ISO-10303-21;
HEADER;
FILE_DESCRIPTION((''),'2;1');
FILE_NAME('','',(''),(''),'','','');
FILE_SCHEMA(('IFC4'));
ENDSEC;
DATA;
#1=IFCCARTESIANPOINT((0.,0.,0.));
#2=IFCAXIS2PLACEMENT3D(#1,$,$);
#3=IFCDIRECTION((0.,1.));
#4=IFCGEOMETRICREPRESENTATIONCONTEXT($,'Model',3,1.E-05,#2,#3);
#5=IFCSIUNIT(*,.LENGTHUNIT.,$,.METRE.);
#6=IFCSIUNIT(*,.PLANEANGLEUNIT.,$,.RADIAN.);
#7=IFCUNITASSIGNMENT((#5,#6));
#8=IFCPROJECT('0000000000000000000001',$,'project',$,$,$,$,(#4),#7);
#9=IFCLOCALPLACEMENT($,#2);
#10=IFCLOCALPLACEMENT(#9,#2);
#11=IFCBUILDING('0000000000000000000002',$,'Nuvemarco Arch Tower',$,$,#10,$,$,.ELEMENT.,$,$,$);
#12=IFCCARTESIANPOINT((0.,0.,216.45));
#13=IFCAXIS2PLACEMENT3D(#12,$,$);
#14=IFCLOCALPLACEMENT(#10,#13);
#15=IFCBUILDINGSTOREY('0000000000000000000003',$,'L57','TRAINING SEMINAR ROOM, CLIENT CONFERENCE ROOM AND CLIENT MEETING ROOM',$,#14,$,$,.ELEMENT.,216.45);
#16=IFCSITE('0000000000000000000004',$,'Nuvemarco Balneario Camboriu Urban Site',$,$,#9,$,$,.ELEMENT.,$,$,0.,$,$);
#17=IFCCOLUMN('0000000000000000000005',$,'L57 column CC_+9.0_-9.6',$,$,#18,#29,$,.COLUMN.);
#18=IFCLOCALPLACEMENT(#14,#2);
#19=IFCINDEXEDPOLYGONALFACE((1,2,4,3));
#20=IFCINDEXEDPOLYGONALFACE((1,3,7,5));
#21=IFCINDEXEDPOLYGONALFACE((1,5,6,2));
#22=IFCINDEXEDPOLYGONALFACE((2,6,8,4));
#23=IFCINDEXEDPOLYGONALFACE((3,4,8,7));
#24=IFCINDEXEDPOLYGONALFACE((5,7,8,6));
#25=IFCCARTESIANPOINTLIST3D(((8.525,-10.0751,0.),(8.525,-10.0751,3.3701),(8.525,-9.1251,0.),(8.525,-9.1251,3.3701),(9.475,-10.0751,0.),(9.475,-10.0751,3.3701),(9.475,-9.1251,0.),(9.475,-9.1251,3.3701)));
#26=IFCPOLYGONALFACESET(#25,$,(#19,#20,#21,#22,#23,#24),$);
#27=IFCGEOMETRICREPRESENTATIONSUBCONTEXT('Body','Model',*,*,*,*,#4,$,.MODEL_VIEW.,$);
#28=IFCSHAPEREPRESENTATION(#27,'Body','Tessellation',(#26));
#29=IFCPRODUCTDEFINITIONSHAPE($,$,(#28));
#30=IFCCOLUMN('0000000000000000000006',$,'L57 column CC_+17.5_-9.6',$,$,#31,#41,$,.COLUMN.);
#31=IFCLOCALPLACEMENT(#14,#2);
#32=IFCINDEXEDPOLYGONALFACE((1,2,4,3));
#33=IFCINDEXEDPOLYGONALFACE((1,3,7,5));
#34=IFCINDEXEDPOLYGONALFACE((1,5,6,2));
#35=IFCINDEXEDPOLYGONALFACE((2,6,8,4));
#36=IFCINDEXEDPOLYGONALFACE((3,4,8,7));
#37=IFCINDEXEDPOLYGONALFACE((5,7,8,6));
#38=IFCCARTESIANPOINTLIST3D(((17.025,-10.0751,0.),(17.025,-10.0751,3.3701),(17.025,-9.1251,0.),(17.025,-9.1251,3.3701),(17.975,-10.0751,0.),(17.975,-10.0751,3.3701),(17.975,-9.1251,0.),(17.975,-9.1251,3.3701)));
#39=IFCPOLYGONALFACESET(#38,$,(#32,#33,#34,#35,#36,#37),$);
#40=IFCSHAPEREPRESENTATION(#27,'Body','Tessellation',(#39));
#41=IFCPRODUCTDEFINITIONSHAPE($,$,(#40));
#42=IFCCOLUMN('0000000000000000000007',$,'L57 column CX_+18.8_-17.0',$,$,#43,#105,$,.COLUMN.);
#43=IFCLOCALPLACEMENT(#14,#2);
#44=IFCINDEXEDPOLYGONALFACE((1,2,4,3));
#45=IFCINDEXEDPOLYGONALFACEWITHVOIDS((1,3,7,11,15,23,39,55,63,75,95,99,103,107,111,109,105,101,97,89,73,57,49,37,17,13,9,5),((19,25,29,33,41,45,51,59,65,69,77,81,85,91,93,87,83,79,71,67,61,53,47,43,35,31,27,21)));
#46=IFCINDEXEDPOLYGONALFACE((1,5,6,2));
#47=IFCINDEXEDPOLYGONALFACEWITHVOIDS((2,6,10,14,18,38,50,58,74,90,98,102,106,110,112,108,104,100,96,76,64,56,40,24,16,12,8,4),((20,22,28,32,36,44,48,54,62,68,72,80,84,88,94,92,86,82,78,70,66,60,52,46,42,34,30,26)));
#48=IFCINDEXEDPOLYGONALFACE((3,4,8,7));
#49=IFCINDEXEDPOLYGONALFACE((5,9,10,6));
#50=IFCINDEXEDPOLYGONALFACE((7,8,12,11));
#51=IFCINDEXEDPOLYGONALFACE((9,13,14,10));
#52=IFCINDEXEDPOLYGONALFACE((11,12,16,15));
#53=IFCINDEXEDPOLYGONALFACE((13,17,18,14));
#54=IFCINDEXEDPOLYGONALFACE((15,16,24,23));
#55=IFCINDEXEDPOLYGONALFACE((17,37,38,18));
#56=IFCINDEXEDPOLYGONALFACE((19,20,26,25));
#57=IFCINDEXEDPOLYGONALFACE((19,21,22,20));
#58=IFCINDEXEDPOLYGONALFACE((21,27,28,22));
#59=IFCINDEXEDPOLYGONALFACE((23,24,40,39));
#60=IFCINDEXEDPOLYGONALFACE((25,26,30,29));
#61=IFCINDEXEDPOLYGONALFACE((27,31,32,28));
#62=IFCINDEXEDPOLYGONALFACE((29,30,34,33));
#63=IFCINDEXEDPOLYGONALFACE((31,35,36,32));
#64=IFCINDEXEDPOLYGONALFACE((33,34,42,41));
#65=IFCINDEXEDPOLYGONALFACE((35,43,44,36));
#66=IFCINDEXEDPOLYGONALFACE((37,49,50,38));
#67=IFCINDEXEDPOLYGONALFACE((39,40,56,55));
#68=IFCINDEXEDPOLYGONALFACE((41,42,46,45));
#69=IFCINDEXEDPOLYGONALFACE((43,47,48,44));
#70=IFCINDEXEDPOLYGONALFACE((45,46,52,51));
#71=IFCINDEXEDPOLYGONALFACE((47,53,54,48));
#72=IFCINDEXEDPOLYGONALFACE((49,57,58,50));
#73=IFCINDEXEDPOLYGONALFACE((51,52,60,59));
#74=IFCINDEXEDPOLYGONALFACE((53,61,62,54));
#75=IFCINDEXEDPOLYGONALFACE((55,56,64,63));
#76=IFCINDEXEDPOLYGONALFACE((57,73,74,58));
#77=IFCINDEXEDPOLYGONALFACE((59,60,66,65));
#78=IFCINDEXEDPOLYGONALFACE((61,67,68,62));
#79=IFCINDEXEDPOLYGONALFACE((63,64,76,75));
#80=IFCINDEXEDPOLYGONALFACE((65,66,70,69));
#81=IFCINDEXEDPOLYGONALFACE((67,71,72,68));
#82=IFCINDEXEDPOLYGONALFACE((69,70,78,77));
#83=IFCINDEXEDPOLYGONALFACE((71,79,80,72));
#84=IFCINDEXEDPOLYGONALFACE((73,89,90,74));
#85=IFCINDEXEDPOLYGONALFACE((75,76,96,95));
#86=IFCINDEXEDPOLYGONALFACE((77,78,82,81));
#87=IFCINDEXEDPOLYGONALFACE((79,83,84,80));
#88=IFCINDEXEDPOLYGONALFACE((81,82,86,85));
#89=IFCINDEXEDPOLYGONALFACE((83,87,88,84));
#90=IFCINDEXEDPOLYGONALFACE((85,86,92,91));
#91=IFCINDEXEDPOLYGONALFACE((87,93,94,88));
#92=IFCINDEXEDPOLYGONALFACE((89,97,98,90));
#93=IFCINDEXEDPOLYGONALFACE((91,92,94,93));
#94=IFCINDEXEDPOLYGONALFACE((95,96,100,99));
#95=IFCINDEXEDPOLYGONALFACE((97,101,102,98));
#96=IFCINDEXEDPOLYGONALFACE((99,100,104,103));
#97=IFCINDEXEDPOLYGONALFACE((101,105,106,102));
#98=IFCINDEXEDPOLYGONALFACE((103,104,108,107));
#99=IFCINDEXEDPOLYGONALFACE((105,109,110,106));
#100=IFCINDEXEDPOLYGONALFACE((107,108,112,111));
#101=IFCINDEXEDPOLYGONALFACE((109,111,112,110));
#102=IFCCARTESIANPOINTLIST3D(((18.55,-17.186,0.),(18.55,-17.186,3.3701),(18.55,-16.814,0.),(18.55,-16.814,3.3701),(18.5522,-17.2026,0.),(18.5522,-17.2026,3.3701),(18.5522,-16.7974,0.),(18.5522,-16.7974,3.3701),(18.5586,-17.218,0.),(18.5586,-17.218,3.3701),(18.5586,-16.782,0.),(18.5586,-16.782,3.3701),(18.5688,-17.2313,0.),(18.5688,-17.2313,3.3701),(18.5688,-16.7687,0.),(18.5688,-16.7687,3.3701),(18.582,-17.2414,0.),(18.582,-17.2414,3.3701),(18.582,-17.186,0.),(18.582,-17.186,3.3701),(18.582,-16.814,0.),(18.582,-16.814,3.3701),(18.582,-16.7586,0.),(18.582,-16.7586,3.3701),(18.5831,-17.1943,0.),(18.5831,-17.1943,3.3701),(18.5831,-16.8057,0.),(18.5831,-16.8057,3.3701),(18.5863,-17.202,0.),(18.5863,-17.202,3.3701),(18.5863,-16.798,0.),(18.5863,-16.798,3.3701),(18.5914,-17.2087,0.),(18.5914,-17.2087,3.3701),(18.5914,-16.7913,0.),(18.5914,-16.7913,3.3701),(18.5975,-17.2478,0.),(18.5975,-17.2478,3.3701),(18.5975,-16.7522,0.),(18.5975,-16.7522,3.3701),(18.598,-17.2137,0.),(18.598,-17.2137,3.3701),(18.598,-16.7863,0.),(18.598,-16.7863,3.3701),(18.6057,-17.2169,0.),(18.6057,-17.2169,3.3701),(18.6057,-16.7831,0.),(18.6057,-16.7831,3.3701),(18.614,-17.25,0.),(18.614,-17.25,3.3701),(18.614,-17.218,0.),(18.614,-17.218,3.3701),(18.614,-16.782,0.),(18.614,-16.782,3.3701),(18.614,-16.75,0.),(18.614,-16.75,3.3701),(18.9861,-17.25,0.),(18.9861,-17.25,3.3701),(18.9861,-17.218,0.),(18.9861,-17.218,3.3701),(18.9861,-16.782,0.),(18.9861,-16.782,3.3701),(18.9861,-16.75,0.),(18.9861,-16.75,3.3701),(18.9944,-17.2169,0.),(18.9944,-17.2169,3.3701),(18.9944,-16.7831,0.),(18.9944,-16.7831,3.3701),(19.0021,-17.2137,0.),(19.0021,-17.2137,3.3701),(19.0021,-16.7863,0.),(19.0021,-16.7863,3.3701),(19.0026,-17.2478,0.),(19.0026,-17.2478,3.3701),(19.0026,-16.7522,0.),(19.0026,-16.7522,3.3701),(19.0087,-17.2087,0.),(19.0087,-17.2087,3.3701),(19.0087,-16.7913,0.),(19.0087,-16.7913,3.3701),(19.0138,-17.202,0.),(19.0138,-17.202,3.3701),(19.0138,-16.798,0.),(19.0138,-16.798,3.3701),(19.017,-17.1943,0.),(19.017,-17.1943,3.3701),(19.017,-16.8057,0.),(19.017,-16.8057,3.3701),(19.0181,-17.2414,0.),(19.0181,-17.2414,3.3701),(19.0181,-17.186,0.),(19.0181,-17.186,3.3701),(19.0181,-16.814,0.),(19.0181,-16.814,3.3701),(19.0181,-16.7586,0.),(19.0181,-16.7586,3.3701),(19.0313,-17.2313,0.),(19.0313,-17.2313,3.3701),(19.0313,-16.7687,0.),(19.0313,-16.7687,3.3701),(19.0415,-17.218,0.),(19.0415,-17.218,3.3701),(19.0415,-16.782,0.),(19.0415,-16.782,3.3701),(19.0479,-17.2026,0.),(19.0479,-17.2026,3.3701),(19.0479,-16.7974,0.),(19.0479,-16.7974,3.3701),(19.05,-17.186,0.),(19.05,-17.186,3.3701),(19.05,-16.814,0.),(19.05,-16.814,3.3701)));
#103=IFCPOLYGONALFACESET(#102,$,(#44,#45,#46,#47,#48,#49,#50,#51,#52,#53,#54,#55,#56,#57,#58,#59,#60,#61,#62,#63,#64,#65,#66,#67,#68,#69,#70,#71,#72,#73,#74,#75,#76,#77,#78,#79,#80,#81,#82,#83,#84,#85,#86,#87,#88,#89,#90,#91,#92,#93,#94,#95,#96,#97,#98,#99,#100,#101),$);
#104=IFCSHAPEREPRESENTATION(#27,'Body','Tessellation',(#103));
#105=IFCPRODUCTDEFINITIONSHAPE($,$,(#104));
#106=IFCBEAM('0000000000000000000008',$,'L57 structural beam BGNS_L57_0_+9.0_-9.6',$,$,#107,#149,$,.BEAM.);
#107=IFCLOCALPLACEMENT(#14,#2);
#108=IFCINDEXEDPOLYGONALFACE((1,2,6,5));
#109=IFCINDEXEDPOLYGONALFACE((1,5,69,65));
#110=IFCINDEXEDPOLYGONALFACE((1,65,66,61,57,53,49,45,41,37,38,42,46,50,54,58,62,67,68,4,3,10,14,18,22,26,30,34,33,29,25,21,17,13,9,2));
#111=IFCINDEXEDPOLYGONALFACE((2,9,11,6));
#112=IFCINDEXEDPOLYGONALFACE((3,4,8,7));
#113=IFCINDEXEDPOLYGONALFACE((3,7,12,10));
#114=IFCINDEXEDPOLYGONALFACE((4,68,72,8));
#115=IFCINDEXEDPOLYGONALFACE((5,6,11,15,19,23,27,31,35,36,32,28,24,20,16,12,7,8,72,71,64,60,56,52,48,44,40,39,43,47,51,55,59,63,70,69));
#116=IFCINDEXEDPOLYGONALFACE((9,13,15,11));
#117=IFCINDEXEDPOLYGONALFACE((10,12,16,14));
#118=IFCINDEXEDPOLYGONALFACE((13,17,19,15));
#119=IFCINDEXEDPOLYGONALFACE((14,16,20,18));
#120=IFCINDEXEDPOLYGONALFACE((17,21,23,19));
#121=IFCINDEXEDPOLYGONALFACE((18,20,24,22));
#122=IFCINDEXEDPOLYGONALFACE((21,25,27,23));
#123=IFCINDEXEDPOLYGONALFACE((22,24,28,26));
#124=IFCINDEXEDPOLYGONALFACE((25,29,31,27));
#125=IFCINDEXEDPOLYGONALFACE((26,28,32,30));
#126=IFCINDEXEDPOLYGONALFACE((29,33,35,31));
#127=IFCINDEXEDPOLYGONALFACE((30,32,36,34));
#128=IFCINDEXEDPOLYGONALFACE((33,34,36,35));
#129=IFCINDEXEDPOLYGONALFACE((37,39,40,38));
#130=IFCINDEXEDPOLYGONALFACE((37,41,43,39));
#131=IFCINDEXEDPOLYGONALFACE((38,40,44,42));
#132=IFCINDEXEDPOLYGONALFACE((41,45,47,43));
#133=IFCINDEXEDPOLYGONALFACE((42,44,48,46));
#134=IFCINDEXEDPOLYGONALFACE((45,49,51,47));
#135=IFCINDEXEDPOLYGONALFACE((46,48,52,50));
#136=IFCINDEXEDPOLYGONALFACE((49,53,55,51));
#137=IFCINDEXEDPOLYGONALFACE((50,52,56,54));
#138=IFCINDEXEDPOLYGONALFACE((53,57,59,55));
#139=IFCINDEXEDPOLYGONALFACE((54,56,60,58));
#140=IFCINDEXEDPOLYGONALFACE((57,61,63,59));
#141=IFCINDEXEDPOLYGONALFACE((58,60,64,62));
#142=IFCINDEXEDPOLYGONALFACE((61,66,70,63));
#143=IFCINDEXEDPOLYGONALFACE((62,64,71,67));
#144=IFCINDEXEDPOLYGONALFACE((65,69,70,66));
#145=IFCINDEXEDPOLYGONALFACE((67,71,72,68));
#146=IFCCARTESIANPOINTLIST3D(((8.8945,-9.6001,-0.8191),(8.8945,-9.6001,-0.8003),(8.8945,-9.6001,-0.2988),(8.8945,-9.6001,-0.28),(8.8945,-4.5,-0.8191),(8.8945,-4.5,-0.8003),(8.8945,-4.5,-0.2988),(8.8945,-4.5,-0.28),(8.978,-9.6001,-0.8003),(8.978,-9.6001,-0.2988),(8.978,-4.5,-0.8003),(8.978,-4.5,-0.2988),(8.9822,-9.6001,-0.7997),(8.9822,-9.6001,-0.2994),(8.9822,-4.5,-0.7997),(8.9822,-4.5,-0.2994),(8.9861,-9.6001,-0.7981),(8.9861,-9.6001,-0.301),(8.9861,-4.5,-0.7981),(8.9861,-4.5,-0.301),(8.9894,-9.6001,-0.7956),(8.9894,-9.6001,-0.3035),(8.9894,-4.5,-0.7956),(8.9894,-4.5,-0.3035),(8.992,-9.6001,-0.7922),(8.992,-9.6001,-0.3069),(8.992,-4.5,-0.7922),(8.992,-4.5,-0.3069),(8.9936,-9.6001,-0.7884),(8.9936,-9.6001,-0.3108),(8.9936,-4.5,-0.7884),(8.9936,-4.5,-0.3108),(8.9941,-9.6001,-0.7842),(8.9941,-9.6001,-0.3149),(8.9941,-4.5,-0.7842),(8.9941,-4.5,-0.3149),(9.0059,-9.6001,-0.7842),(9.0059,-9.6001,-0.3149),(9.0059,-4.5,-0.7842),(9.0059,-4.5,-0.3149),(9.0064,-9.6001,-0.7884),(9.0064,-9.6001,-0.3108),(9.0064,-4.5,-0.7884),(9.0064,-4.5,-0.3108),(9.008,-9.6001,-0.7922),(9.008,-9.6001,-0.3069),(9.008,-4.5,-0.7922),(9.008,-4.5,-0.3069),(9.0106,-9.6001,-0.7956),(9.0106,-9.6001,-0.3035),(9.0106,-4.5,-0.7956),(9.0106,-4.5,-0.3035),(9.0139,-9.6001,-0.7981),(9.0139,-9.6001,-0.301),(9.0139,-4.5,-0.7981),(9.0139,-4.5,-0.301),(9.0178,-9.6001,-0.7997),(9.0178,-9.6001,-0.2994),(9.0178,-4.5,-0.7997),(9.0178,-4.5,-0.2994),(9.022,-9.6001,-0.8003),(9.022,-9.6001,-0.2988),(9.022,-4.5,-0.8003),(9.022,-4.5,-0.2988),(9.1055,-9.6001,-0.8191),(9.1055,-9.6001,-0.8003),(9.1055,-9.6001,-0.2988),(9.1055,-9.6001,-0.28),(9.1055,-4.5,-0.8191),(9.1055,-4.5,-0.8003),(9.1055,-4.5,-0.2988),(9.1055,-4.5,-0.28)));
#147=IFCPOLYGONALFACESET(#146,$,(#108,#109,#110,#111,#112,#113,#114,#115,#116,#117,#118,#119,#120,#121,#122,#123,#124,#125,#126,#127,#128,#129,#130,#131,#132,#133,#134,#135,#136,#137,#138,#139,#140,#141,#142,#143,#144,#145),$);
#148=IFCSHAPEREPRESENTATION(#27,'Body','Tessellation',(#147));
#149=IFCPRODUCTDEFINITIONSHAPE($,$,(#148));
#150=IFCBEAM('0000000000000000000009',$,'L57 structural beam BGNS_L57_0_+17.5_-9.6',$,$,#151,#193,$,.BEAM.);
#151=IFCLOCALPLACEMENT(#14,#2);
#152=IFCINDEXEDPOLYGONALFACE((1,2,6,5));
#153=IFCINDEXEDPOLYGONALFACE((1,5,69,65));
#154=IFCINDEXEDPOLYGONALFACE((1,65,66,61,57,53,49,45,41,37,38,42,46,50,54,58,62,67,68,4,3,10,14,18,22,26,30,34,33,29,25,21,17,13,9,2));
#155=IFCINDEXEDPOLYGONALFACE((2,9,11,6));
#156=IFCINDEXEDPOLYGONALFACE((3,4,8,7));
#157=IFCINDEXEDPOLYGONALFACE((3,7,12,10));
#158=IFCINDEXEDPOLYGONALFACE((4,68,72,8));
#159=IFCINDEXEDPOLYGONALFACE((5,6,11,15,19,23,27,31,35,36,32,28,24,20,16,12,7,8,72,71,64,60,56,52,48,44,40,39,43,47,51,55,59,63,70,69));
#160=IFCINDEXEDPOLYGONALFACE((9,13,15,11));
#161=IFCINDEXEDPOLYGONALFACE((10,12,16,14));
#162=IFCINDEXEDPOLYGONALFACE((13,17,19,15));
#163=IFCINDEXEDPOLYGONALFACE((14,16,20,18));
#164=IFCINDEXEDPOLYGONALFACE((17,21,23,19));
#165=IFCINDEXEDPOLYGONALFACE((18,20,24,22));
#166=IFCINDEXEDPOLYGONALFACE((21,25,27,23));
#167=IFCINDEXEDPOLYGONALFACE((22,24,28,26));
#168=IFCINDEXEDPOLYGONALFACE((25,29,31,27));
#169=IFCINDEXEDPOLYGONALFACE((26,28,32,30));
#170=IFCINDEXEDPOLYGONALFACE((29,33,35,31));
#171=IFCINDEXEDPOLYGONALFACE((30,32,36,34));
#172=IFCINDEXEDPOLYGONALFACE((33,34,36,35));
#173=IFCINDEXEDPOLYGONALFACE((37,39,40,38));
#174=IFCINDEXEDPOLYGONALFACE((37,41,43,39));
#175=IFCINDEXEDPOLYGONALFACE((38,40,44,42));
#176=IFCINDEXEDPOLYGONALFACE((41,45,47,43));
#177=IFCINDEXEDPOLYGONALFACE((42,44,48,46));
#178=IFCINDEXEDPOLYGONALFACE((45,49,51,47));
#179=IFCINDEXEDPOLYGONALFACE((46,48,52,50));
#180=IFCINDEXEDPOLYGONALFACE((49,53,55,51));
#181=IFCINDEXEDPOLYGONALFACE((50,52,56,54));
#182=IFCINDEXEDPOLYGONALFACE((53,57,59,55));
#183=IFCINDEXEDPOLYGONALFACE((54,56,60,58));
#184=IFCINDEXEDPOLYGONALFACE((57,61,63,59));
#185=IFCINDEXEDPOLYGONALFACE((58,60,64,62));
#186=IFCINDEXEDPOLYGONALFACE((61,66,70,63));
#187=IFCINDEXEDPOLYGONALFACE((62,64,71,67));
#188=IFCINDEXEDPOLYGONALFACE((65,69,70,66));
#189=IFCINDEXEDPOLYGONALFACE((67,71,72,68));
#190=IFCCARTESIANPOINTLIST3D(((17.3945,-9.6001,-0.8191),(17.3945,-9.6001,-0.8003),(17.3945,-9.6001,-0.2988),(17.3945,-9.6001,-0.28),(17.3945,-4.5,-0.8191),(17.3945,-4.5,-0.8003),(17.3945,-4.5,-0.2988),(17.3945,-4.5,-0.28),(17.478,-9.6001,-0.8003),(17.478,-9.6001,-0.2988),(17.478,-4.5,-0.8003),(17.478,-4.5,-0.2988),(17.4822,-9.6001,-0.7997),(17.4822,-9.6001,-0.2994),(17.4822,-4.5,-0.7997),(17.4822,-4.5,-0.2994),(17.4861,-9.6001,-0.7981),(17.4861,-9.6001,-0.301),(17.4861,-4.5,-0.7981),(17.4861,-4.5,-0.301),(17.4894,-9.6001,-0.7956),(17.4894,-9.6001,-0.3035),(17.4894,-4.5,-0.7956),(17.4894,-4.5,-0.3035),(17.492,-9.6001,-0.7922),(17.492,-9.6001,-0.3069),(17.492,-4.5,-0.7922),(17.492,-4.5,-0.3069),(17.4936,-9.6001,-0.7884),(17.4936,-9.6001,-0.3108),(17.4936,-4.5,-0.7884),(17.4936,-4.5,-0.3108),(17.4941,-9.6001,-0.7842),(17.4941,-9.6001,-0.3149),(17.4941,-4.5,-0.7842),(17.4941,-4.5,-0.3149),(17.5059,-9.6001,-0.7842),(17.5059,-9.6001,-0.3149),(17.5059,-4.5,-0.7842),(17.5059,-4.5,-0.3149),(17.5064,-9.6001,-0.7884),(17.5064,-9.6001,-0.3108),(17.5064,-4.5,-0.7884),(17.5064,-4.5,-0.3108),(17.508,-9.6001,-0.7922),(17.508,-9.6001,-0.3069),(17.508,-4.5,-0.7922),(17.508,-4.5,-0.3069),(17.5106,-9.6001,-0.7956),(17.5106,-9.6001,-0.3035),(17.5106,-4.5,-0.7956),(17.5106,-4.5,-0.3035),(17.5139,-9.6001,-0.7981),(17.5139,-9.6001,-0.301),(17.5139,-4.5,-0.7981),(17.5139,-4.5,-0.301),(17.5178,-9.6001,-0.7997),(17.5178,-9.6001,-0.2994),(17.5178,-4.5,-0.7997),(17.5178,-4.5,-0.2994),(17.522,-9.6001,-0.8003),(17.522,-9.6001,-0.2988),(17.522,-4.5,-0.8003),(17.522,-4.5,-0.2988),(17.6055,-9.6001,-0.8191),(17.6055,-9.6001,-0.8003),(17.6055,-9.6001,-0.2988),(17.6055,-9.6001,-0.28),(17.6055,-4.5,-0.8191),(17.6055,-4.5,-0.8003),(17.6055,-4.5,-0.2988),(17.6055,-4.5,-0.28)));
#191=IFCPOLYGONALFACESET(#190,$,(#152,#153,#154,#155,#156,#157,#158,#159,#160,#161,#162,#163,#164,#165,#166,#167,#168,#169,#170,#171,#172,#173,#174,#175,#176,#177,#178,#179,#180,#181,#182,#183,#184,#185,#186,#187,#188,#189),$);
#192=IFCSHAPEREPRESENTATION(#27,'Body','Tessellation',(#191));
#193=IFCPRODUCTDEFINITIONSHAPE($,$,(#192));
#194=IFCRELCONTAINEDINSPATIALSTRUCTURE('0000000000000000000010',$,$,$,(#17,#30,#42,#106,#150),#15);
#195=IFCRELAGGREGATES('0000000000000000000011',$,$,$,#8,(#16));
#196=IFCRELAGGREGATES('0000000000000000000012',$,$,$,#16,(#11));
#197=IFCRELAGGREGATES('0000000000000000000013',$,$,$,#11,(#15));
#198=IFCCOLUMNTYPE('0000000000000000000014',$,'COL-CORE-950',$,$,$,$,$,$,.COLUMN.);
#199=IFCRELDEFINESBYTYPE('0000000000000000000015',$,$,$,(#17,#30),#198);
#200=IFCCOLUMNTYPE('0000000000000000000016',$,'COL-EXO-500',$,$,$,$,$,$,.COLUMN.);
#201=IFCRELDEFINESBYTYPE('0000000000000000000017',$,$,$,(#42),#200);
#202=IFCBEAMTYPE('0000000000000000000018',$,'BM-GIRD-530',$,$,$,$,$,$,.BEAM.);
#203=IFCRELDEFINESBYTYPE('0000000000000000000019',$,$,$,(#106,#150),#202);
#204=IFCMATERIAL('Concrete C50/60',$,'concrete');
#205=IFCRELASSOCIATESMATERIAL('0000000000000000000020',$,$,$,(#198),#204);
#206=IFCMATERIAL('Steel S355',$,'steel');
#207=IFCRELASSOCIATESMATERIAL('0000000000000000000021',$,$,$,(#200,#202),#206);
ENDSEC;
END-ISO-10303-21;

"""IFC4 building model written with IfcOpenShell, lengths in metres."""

from ifc_helpers import new_model, si_unit, direction, frame, origin, origin_2d, place, context, subcontext, project, spatial, rectangle, hollow_rectangle, i_section, extrude, material, material_profile, profile_set, type_object, element, save


model = new_model("IFC4")

# Units and contexts
model_context = context("Model", 3, precision=1e-05, world=origin(), true_north=direction((0.0, 1.0)))
body_context = subcontext(model_context, "Body", "Model", "MODEL_VIEW")
ifc_project = project(units=[si_unit("LENGTHUNIT", "METRE"), si_unit("PLANEANGLEUNIT", "RADIAN")], contexts=[model_context])

# Site, building, storey
site_placement = place(None, origin())
site = spatial("IfcSite", under=ifc_project, at=site_placement, Name="Nuvemarco Balneario Camboriu Urban Site", CompositionType="ELEMENT", RefElevation=0.0)
building_placement = place(site_placement, origin())
building = spatial("IfcBuilding", under=site, at=building_placement, Name="Nuvemarco Arch Tower", CompositionType="ELEMENT")
storey_placement = place(building_placement, frame((0.0, 0.0, 216.45)))
storey = spatial("IfcBuildingStorey", under=building, at=storey_placement, Name="L57", Description="TRAINING SEMINAR ROOM, CLIENT CONFERENCE ROOM AND CLIENT MEETING ROOM", CompositionType="ELEMENT", Elevation=216.45)

# Columns
ifc_material_1 = material(Name="Concrete C50/60", Category="concrete")
ifc_material_profile_1 = material_profile(ifc_material_1, rectangle(XDim=0.95, YDim=0.95, at=origin_2d()), Name="RC-COL-950x950")
ifc_profile_set_1 = profile_set([ifc_material_profile_1], Name="Concrete C50/60")
column_type_1 = type_object("IfcColumnType", Name="COL-CORE-950", PredefinedType="COLUMN", material=ifc_profile_set_1)
for number, where, z_axis, x_axis, name in (
    (1, (9.0, -9.6001, 0.0), (0.0, 0.0, 1.0), (1.0, 0.0, 0.0), "L57 column CC_+9.0_-9.6"),
    (2, (17.5, -9.6001, 0.0), (0.0, 0.0, 1.0), (1.0, 0.0, 0.0), "L57 column CC_+17.5_-9.6"),
):
    element("IfcColumn", number, at=place(storey_placement, frame(where, z_axis=z_axis, x_axis=x_axis)), inside=storey, type_object=column_type_1, Name=name, PredefinedType="COLUMN", context=body_context, shape_type="SweptSolid", body=[
        extrude(rectangle(XDim=0.95, YDim=0.95, at=origin_2d()), origin(), (0.0, 0.0, 1.0), 3.3701),
    ])
ifc_material_2 = material(Name="Steel S355", Category="steel")
ifc_material_profile_2 = material_profile(ifc_material_2, hollow_rectangle(XDim=0.5, YDim=0.5, WallThickness=0.032, InnerFilletRadius=0.032, OuterFilletRadius=0.064, at=origin_2d()), Name="SHS500x500x32")
ifc_profile_set_2 = profile_set([ifc_material_profile_2], Name="Steel S355")
column_type_2 = type_object("IfcColumnType", Name="COL-EXO-500", PredefinedType="COLUMN", material=ifc_profile_set_2)
column_placement = place(storey_placement, frame((18.8, -17.0, 0.0), z_axis=(0.0, 0.0, 1.0), x_axis=(1.0, 0.0, 0.0)))
element("IfcColumn", 3, at=column_placement, inside=storey, type_object=column_type_2, Name="L57 column CX_+18.8_-17.0", PredefinedType="COLUMN", context=body_context, shape_type="SweptSolid", body=[
    extrude(hollow_rectangle(XDim=0.5, YDim=0.5, WallThickness=0.032, InnerFilletRadius=0.032, OuterFilletRadius=0.064, at=origin_2d()), origin(), (0.0, 0.0, 1.0), 3.3701),
])

# Beams
ifc_material_profile_3 = material_profile(ifc_material_2, i_section(OverallWidth=0.2109, OverallDepth=0.5391, WebThickness=0.0117, FlangeThickness=0.0188, FilletRadius=0.0161, at=origin_2d()), Name="W530x109")
ifc_profile_set_3 = profile_set([ifc_material_profile_3], Name="Steel S355")
beam_type_1 = type_object("IfcBeamType", Name="BM-GIRD-530", PredefinedType="BEAM", material=ifc_profile_set_3)
for number, where, z_axis, x_axis, name in (
    (4, (9.0, -9.6001, -0.5496), (0.0, 1.0, 0.0), (-1.0, 0.0, 0.0), "L57 structural beam BGNS_L57_0_+9.0_-9.6"),
    (5, (17.5, -9.6001, -0.5496), (0.0, 1.0, 0.0), (-1.0, 0.0, 0.0), "L57 structural beam BGNS_L57_0_+17.5_-9.6"),
):
    element("IfcBeam", number, at=place(storey_placement, frame(where, z_axis=z_axis, x_axis=x_axis)), inside=storey, type_object=beam_type_1, Name=name, PredefinedType="BEAM", context=body_context, shape_type="SweptSolid", body=[
        extrude(i_section(OverallWidth=0.2109, OverallDepth=0.5391, WebThickness=0.0117, FlangeThickness=0.0188, FilletRadius=0.0161, at=origin_2d()), origin(), (0.0, 0.0, 1.0), 5.1001),
    ])

save(model, "model.ifc")
